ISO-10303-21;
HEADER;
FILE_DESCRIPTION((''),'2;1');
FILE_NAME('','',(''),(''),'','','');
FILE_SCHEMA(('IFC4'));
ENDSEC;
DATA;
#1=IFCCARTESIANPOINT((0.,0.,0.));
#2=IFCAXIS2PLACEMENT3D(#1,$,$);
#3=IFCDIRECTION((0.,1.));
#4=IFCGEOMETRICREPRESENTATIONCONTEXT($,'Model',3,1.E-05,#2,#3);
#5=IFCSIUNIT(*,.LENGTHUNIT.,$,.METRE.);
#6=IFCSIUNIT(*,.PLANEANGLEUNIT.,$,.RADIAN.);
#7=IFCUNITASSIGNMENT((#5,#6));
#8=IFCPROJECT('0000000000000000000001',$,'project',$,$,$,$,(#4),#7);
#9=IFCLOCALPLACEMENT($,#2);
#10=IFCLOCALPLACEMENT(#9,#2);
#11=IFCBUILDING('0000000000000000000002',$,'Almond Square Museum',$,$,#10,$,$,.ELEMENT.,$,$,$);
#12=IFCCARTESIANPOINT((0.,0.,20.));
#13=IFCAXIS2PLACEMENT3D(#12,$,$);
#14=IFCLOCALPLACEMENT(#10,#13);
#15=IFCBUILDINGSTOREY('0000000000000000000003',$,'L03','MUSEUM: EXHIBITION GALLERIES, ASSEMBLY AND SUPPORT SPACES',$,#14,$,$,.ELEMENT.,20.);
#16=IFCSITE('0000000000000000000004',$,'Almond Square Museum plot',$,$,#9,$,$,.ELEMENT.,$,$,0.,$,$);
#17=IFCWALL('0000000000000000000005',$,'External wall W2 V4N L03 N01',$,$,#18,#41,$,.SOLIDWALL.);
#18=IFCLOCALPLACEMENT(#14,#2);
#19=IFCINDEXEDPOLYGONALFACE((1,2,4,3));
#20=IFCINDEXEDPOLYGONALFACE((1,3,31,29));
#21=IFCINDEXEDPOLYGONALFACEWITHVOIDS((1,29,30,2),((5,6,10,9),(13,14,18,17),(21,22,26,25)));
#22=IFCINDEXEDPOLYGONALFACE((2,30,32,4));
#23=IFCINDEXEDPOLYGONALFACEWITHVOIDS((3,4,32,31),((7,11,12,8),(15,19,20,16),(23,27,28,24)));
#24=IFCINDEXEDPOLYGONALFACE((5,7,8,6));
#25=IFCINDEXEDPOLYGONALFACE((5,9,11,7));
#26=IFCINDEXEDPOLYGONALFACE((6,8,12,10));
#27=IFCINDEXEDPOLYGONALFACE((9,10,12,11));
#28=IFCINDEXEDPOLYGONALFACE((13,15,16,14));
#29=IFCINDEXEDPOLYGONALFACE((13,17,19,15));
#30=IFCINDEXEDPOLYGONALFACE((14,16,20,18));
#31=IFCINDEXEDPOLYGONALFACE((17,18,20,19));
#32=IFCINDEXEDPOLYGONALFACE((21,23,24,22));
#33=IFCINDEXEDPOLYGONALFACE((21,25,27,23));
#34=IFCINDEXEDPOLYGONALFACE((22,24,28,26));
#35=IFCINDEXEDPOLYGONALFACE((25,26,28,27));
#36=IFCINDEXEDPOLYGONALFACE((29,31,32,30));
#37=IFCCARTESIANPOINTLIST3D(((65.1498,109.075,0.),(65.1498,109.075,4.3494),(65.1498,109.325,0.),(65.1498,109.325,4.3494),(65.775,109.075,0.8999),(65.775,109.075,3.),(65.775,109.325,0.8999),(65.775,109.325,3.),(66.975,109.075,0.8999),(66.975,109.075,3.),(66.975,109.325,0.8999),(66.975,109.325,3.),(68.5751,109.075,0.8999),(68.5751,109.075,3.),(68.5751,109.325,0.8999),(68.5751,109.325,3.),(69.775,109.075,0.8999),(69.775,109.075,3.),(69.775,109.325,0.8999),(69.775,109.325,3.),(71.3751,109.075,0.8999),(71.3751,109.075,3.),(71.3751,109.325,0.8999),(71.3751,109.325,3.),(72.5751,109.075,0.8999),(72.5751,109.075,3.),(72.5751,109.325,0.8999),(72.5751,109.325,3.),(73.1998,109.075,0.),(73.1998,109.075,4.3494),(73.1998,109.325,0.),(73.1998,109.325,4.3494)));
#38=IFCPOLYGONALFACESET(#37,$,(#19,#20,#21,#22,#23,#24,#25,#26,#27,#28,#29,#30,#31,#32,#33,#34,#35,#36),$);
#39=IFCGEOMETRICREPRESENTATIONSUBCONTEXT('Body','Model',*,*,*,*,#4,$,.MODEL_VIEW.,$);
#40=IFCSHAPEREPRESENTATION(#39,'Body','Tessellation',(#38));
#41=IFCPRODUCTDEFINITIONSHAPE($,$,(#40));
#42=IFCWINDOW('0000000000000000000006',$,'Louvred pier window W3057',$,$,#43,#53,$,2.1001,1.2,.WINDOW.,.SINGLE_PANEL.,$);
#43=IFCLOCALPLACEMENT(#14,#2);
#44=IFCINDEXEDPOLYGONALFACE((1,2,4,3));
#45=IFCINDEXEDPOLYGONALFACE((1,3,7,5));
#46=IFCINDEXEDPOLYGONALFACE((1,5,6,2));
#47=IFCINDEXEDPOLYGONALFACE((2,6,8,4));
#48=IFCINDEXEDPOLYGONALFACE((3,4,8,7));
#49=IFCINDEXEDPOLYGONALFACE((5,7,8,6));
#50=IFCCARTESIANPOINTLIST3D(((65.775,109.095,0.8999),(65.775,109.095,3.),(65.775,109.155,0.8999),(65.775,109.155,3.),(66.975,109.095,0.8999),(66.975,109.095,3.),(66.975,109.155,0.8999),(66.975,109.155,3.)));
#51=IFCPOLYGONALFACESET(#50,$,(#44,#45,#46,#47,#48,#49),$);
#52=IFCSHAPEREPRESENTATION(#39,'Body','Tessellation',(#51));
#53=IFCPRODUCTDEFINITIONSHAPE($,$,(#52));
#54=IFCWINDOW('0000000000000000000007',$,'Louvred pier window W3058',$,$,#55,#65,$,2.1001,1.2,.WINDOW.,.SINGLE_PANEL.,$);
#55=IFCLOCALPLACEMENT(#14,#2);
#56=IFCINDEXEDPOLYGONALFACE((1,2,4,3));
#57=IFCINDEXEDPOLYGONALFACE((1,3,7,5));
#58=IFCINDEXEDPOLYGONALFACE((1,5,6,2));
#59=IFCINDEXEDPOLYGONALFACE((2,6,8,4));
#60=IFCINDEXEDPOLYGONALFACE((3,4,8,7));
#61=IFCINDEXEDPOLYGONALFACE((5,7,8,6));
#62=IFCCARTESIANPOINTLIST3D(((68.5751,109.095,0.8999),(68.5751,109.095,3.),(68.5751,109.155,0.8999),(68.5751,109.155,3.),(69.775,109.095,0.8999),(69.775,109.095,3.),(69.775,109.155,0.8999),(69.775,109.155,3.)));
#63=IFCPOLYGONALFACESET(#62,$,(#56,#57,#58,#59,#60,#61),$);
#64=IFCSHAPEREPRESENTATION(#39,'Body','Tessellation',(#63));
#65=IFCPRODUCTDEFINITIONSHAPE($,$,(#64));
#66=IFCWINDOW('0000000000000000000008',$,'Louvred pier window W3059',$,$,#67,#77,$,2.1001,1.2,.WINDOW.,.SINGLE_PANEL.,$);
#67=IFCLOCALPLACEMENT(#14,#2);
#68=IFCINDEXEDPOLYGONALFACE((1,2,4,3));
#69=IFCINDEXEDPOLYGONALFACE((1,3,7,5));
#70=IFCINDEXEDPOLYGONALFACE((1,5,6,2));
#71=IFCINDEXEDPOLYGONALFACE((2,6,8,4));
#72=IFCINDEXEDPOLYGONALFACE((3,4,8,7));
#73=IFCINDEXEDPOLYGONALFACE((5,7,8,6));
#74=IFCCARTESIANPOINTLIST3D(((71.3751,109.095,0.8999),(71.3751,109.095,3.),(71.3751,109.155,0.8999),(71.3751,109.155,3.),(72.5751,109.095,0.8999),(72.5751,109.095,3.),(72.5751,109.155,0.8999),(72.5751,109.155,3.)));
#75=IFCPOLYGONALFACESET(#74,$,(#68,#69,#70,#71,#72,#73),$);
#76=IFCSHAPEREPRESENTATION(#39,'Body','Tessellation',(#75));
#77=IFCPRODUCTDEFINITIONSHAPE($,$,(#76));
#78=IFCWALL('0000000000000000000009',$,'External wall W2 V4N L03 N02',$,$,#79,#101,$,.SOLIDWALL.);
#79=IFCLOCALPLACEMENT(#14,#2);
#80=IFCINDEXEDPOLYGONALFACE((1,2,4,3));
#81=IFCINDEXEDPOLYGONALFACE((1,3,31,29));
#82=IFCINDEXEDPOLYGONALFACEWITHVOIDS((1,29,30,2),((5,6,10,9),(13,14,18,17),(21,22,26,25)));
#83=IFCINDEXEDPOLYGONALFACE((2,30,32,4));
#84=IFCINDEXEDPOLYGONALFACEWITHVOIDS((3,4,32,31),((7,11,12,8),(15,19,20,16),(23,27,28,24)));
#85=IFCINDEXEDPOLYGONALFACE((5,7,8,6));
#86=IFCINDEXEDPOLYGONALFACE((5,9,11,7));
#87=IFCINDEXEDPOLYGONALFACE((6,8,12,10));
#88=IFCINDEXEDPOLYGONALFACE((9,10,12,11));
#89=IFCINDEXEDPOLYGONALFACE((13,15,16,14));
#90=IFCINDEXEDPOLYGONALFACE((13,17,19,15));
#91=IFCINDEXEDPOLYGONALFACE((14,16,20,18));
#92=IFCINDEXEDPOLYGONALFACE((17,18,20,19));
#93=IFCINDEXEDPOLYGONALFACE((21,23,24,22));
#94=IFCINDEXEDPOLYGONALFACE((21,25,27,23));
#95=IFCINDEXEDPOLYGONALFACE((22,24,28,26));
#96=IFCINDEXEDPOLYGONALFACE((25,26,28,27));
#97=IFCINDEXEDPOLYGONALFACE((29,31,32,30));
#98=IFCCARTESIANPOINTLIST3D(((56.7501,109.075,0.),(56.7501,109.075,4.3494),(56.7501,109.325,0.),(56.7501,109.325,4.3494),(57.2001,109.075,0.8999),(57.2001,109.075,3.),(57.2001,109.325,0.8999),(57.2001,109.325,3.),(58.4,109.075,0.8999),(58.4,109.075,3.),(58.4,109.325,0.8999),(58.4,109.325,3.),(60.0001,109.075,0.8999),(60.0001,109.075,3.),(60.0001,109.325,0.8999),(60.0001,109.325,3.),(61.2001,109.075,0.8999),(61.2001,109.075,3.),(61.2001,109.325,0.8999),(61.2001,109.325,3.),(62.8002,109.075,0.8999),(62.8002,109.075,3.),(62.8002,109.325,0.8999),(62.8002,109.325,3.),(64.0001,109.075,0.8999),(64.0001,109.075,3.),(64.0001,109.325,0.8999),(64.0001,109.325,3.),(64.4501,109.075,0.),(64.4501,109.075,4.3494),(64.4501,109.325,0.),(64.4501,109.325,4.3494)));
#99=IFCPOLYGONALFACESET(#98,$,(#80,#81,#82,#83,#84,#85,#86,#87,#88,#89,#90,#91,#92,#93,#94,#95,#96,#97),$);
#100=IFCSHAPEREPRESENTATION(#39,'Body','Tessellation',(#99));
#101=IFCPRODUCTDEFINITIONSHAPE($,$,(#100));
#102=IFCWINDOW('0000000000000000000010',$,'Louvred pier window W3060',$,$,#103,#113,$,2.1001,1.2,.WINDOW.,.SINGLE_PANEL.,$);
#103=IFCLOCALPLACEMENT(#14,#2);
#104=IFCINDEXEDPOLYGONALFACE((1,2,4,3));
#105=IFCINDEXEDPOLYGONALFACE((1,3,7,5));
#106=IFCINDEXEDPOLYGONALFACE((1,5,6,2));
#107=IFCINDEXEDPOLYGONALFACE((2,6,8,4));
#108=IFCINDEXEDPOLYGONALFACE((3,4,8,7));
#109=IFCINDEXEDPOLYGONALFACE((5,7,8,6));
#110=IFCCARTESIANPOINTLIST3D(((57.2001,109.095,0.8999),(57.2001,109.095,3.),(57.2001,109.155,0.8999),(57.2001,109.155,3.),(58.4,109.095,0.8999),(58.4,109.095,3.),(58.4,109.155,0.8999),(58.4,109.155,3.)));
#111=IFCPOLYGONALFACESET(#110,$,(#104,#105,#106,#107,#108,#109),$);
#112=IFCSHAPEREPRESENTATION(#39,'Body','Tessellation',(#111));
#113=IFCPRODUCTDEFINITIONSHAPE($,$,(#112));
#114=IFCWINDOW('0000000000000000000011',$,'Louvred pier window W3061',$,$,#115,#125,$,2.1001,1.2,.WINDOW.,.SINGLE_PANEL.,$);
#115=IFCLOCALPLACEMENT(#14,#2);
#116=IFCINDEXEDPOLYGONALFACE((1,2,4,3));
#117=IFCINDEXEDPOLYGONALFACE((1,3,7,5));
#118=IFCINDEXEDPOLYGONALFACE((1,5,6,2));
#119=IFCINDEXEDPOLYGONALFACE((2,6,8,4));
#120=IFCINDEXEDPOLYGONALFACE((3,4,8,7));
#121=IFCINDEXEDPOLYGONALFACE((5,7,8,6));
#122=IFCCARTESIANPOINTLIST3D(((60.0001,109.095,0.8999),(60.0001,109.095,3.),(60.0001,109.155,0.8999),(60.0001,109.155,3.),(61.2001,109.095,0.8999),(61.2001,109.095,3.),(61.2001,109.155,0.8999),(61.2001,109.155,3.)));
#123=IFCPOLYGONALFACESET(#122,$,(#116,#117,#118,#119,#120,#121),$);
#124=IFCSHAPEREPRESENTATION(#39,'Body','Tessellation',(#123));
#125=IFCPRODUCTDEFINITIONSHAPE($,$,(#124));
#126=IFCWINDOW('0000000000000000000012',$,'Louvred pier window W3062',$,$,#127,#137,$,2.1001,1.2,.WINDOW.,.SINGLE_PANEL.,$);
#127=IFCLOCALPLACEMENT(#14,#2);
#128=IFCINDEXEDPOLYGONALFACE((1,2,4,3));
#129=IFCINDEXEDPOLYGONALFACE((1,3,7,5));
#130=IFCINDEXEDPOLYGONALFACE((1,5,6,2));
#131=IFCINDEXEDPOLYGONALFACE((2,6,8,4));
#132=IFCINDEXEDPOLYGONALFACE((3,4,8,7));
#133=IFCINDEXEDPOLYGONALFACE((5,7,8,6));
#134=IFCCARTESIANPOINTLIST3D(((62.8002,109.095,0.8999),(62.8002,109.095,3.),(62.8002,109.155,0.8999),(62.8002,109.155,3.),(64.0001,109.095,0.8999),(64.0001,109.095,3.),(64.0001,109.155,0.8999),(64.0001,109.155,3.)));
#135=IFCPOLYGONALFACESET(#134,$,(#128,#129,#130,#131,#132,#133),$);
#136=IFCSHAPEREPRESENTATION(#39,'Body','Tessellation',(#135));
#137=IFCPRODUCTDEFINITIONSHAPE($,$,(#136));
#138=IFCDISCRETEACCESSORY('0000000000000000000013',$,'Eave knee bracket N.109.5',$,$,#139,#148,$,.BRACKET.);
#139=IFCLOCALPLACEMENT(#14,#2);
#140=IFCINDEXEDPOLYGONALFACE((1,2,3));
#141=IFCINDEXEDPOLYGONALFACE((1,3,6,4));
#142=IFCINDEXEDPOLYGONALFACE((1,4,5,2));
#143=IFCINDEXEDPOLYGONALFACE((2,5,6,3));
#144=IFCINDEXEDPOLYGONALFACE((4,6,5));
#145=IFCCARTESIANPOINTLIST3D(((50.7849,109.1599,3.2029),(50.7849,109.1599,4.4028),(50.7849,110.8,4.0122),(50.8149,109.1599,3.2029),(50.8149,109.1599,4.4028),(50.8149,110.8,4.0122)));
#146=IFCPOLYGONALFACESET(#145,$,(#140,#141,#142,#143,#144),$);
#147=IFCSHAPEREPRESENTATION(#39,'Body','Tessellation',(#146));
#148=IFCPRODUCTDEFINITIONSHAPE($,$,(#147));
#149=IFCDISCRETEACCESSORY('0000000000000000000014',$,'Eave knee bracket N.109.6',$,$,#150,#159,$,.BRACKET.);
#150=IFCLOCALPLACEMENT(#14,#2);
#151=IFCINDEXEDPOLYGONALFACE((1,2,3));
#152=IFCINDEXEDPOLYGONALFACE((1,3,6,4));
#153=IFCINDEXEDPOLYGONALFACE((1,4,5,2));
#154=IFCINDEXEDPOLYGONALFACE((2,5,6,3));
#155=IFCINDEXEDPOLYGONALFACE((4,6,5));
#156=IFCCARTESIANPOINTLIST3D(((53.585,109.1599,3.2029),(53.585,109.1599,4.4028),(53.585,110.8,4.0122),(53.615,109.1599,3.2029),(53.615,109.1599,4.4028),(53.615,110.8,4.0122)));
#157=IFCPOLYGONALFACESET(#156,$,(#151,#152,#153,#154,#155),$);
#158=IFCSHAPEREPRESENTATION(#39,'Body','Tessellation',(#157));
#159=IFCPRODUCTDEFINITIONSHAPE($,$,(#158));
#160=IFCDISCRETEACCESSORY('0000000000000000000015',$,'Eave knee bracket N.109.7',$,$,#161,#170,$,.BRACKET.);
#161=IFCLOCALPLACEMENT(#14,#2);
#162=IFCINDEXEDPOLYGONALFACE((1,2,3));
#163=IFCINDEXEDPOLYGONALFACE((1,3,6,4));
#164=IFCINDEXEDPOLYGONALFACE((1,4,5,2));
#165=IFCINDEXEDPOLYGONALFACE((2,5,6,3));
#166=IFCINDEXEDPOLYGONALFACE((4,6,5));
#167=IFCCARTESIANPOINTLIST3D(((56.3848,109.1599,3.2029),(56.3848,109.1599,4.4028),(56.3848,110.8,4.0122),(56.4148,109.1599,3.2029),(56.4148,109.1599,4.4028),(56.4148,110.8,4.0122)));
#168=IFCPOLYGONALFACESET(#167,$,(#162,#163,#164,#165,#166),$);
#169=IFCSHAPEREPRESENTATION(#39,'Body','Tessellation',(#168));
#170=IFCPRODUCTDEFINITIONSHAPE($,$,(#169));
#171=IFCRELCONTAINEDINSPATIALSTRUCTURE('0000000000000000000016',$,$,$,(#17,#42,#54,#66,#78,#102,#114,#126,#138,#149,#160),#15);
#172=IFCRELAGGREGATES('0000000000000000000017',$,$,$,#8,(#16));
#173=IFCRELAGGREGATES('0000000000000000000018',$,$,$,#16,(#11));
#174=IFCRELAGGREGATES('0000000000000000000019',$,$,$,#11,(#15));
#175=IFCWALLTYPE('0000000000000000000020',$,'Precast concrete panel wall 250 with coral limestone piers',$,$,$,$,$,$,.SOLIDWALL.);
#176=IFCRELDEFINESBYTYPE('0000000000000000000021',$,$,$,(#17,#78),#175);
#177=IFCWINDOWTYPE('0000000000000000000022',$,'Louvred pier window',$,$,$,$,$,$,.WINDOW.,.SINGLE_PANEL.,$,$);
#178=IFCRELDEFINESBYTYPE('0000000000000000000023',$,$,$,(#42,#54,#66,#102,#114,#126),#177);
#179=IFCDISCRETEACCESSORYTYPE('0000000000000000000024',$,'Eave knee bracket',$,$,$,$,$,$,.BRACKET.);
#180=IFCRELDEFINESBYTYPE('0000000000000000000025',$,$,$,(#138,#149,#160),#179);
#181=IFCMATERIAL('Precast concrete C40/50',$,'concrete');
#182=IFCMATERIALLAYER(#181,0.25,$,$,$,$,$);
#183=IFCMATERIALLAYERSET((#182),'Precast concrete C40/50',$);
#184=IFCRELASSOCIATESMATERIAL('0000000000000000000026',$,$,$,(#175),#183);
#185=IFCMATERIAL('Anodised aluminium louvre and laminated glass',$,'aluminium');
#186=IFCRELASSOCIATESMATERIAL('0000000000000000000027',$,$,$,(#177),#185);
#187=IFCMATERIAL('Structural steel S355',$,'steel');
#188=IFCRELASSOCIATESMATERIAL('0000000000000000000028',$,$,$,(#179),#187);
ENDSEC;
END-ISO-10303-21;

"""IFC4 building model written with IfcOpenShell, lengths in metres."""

from ifc_helpers import new_model, si_unit, direction, frame, frame_2d, origin, place, context, subcontext, project, spatial, polyline, rectangle, outline, extrude, material, layer, layer_set, type_object, element, fill, save


model = new_model("IFC4")

# Units and contexts
model_context = context("Model", 3, precision=1e-05, world=origin(), true_north=direction((0.0, 1.0)))
body_context = subcontext(model_context, "Body", "Model", "MODEL_VIEW")
ifc_project = project(units=[si_unit("LENGTHUNIT", "METRE"), si_unit("PLANEANGLEUNIT", "RADIAN")], contexts=[model_context])

# Site, building, storey
site_placement = place(None, origin())
site = spatial("IfcSite", under=ifc_project, at=site_placement, Name="Almond Square Museum plot", CompositionType="ELEMENT", RefElevation=0.0)
building_placement = place(site_placement, origin())
building = spatial("IfcBuilding", under=site, at=building_placement, Name="Almond Square Museum", CompositionType="ELEMENT")
storey_placement = place(building_placement, frame((0.0, 0.0, 20.0)))
storey = spatial("IfcBuildingStorey", under=building, at=storey_placement, Name="L03", Description="MUSEUM: EXHIBITION GALLERIES, ASSEMBLY AND SUPPORT SPACES", CompositionType="ELEMENT", Elevation=20.0)

# Walls, openings, windows
ifc_material_1 = material(Name="Precast concrete C40/50", Category="concrete")
ifc_layer = layer(ifc_material_1, 0.25)
ifc_layer_set = layer_set([ifc_layer], Name="Precast concrete C40/50")
wall_type = type_object("IfcWallType", Name="Precast concrete panel wall 250 with coral limestone piers", PredefinedType="SOLIDWALL", material=ifc_layer_set)
wall_1_placement = place(storey_placement, frame((65.1499, 109.2, 0.0), z_axis=(0.0, 0.0, 1.0), x_axis=(1.0, 0.0, 0.0)))
wall_1 = element("IfcWall", 1, at=wall_1_placement, inside=storey, type_object=wall_type, Name="External wall W2 V4N L03 N01", PredefinedType="SOLIDWALL", context=body_context, shape_type="SweptSolid", body=[
    extrude(rectangle(XDim=8.05, YDim=0.25, at=frame_2d((4.0249, 0.0))), origin(), (0.0, 0.0, 1.0), 4.3494),
])
opening_1_placement = place(wall_1_placement, frame((0.625, 0.0, 0.8999)))
opening_1 = element("IfcOpeningElement", 2, at=opening_1_placement, cuts=wall_1, PredefinedType="OPENING", context=body_context, shape_type="SweptSolid", body=[
    extrude(rectangle(XDim=1.2, YDim=2.1001, at=frame_2d((0.6001, 1.05))), frame((0.0, 0.135, 0.0), z_axis=(0.0, -1.0, 0.0), x_axis=(1.0, 0.0, 0.0)), (0.0, 0.0, 1.0), 0.27),
])
opening_2_placement = place(wall_1_placement, frame((3.425, 0.0, 0.8999)))
opening_2 = element("IfcOpeningElement", 3, at=opening_2_placement, cuts=wall_1, PredefinedType="OPENING", context=body_context, shape_type="SweptSolid", body=[
    extrude(rectangle(XDim=1.2, YDim=2.1001, at=frame_2d((0.6001, 1.05))), frame((0.0, 0.135, 0.0), z_axis=(0.0, -1.0, 0.0), x_axis=(1.0, 0.0, 0.0)), (0.0, 0.0, 1.0), 0.27),
])
opening_3_placement = place(wall_1_placement, frame((6.2251, 0.0, 0.8999)))
opening_3 = element("IfcOpeningElement", 4, at=opening_3_placement, cuts=wall_1, PredefinedType="OPENING", context=body_context, shape_type="SweptSolid", body=[
    extrude(rectangle(XDim=1.2, YDim=2.1001, at=frame_2d((0.6001, 1.05))), frame((0.0, 0.135, 0.0), z_axis=(0.0, -1.0, 0.0), x_axis=(1.0, 0.0, 0.0)), (0.0, 0.0, 1.0), 0.27),
])
ifc_material_2 = material(Name="Anodised aluminium louvre and laminated glass", Category="aluminium")
window_type = type_object("IfcWindowType", Name="Louvred pier window", PartitioningType="SINGLE_PANEL", PredefinedType="WINDOW", material=ifc_material_2)
window_1_placement = place(opening_1_placement, origin())
window_1 = element("IfcWindow", 5, at=window_1_placement, inside=storey, type_object=window_type, Name="Louvred pier window W3057", OverallHeight=2.1001, OverallWidth=1.2, PartitioningType="SINGLE_PANEL", PredefinedType="WINDOW", context=body_context, shape_type="SweptSolid", body=[
    extrude(rectangle(XDim=1.2, YDim=2.1001, at=frame_2d((0.6001, 1.05))), frame((0.0, -0.0449, 0.0), z_axis=(0.0, -1.0, 0.0), x_axis=(1.0, 0.0, 0.0)), (0.0, 0.0, 1.0), 0.0601),
])
fill(opening_1, window_1)
window_2_placement = place(opening_2_placement, origin())
window_2 = element("IfcWindow", 6, at=window_2_placement, inside=storey, type_object=window_type, Name="Louvred pier window W3058", OverallHeight=2.1001, OverallWidth=1.2, PartitioningType="SINGLE_PANEL", PredefinedType="WINDOW", context=body_context, shape_type="SweptSolid", body=[
    extrude(rectangle(XDim=1.2, YDim=2.1001, at=frame_2d((0.6001, 1.05))), frame((0.0, -0.0449, 0.0), z_axis=(0.0, -1.0, 0.0), x_axis=(1.0, 0.0, 0.0)), (0.0, 0.0, 1.0), 0.0601),
])
fill(opening_2, window_2)
window_3_placement = place(opening_3_placement, origin())
window_3 = element("IfcWindow", 7, at=window_3_placement, inside=storey, type_object=window_type, Name="Louvred pier window W3059", OverallHeight=2.1001, OverallWidth=1.2, PartitioningType="SINGLE_PANEL", PredefinedType="WINDOW", context=body_context, shape_type="SweptSolid", body=[
    extrude(rectangle(XDim=1.2, YDim=2.1001, at=frame_2d((0.6001, 1.05))), frame((0.0, -0.0449, 0.0), z_axis=(0.0, -1.0, 0.0), x_axis=(1.0, 0.0, 0.0)), (0.0, 0.0, 1.0), 0.0601),
])
fill(opening_3, window_3)
wall_2_placement = place(storey_placement, frame((56.75, 109.2, 0.0), z_axis=(0.0, 0.0, 1.0), x_axis=(1.0, 0.0, 0.0)))
wall_2 = element("IfcWall", 8, at=wall_2_placement, inside=storey, type_object=wall_type, Name="External wall W2 V4N L03 N02", PredefinedType="SOLIDWALL", context=body_context, shape_type="SweptSolid", body=[
    extrude(rectangle(XDim=7.7, YDim=0.25, at=frame_2d((3.8501, 0.0))), origin(), (0.0, 0.0, 1.0), 4.3494),
])
opening_4_placement = place(wall_2_placement, frame((0.45, 0.0, 0.8999)))
opening_4 = element("IfcOpeningElement", 9, at=opening_4_placement, cuts=wall_2, PredefinedType="OPENING", context=body_context, shape_type="SweptSolid", body=[
    extrude(rectangle(XDim=1.2, YDim=2.1001, at=frame_2d((0.6001, 1.05))), frame((0.0, 0.135, 0.0), z_axis=(0.0, -1.0, 0.0), x_axis=(1.0, 0.0, 0.0)), (0.0, 0.0, 1.0), 0.27),
])
opening_5_placement = place(wall_2_placement, frame((3.25, 0.0, 0.8999)))
opening_5 = element("IfcOpeningElement", 10, at=opening_5_placement, cuts=wall_2, PredefinedType="OPENING", context=body_context, shape_type="SweptSolid", body=[
    extrude(rectangle(XDim=1.2, YDim=2.1001, at=frame_2d((0.6001, 1.05))), frame((0.0, 0.135, 0.0), z_axis=(0.0, -1.0, 0.0), x_axis=(1.0, 0.0, 0.0)), (0.0, 0.0, 1.0), 0.27),
])
opening_6_placement = place(wall_2_placement, frame((6.05, 0.0, 0.8999)))
opening_6 = element("IfcOpeningElement", 11, at=opening_6_placement, cuts=wall_2, PredefinedType="OPENING", context=body_context, shape_type="SweptSolid", body=[
    extrude(rectangle(XDim=1.2, YDim=2.1001, at=frame_2d((0.6001, 1.05))), frame((0.0, 0.135, 0.0), z_axis=(0.0, -1.0, 0.0), x_axis=(1.0, 0.0, 0.0)), (0.0, 0.0, 1.0), 0.27),
])
window_4_placement = place(opening_4_placement, origin())
window_4 = element("IfcWindow", 12, at=window_4_placement, inside=storey, type_object=window_type, Name="Louvred pier window W3060", OverallHeight=2.1001, OverallWidth=1.2, PartitioningType="SINGLE_PANEL", PredefinedType="WINDOW", context=body_context, shape_type="SweptSolid", body=[
    extrude(rectangle(XDim=1.2, YDim=2.1001, at=frame_2d((0.6001, 1.05))), frame((0.0, -0.0449, 0.0), z_axis=(0.0, -1.0, 0.0), x_axis=(1.0, 0.0, 0.0)), (0.0, 0.0, 1.0), 0.0601),
])
fill(opening_4, window_4)
window_5_placement = place(opening_5_placement, origin())
window_5 = element("IfcWindow", 13, at=window_5_placement, inside=storey, type_object=window_type, Name="Louvred pier window W3061", OverallHeight=2.1001, OverallWidth=1.2, PartitioningType="SINGLE_PANEL", PredefinedType="WINDOW", context=body_context, shape_type="SweptSolid", body=[
    extrude(rectangle(XDim=1.2, YDim=2.1001, at=frame_2d((0.6001, 1.05))), frame((0.0, -0.0449, 0.0), z_axis=(0.0, -1.0, 0.0), x_axis=(1.0, 0.0, 0.0)), (0.0, 0.0, 1.0), 0.0601),
])
fill(opening_5, window_5)
window_6_placement = place(opening_6_placement, origin())
window_6 = element("IfcWindow", 14, at=window_6_placement, inside=storey, type_object=window_type, Name="Louvred pier window W3062", OverallHeight=2.1001, OverallWidth=1.2, PartitioningType="SINGLE_PANEL", PredefinedType="WINDOW", context=body_context, shape_type="SweptSolid", body=[
    extrude(rectangle(XDim=1.2, YDim=2.1001, at=frame_2d((0.6001, 1.05))), frame((0.0, -0.0449, 0.0), z_axis=(0.0, -1.0, 0.0), x_axis=(1.0, 0.0, 0.0)), (0.0, 0.0, 1.0), 0.0601),
])
fill(opening_6, window_6)

# Discrete accessories
ifc_material_3 = material(Name="Structural steel S355", Category="steel")
discrete_accessory_type = type_object("IfcDiscreteAccessoryType", Name="Eave knee bracket", PredefinedType="BRACKET", material=ifc_material_3)
for number, where, z_axis, x_axis, name in (
    (15, (50.8, 109.1599, 4.4028), (1.0, 0.0, 0.0), (0.0, 0.0, -1.0), "Eave knee bracket N.109.5"),
    (16, (53.6001, 109.1599, 4.4028), (1.0, 0.0, 0.0), (0.0, 0.0, -1.0), "Eave knee bracket N.109.6"),
    (17, (56.3999, 109.1599, 4.4028), (1.0, 0.0, 0.0), (0.0, 0.0, -1.0), "Eave knee bracket N.109.7"),
):
    element("IfcDiscreteAccessory", number, at=place(storey_placement, frame(where, z_axis=z_axis, x_axis=x_axis)), inside=storey, type_object=discrete_accessory_type, Name=name, PredefinedType="BRACKET", context=body_context, shape_type="SweptSolid", body=[
        extrude(outline(polyline([(0.0, 0.0), (1.2, 0.0), (0.3906, 1.6401), (0.0, 0.0)])), frame((0.0, 0.0, -0.0151)), (0.0, 0.0, 1.0), 0.03),
    ])

save(model, "model.ifc")
